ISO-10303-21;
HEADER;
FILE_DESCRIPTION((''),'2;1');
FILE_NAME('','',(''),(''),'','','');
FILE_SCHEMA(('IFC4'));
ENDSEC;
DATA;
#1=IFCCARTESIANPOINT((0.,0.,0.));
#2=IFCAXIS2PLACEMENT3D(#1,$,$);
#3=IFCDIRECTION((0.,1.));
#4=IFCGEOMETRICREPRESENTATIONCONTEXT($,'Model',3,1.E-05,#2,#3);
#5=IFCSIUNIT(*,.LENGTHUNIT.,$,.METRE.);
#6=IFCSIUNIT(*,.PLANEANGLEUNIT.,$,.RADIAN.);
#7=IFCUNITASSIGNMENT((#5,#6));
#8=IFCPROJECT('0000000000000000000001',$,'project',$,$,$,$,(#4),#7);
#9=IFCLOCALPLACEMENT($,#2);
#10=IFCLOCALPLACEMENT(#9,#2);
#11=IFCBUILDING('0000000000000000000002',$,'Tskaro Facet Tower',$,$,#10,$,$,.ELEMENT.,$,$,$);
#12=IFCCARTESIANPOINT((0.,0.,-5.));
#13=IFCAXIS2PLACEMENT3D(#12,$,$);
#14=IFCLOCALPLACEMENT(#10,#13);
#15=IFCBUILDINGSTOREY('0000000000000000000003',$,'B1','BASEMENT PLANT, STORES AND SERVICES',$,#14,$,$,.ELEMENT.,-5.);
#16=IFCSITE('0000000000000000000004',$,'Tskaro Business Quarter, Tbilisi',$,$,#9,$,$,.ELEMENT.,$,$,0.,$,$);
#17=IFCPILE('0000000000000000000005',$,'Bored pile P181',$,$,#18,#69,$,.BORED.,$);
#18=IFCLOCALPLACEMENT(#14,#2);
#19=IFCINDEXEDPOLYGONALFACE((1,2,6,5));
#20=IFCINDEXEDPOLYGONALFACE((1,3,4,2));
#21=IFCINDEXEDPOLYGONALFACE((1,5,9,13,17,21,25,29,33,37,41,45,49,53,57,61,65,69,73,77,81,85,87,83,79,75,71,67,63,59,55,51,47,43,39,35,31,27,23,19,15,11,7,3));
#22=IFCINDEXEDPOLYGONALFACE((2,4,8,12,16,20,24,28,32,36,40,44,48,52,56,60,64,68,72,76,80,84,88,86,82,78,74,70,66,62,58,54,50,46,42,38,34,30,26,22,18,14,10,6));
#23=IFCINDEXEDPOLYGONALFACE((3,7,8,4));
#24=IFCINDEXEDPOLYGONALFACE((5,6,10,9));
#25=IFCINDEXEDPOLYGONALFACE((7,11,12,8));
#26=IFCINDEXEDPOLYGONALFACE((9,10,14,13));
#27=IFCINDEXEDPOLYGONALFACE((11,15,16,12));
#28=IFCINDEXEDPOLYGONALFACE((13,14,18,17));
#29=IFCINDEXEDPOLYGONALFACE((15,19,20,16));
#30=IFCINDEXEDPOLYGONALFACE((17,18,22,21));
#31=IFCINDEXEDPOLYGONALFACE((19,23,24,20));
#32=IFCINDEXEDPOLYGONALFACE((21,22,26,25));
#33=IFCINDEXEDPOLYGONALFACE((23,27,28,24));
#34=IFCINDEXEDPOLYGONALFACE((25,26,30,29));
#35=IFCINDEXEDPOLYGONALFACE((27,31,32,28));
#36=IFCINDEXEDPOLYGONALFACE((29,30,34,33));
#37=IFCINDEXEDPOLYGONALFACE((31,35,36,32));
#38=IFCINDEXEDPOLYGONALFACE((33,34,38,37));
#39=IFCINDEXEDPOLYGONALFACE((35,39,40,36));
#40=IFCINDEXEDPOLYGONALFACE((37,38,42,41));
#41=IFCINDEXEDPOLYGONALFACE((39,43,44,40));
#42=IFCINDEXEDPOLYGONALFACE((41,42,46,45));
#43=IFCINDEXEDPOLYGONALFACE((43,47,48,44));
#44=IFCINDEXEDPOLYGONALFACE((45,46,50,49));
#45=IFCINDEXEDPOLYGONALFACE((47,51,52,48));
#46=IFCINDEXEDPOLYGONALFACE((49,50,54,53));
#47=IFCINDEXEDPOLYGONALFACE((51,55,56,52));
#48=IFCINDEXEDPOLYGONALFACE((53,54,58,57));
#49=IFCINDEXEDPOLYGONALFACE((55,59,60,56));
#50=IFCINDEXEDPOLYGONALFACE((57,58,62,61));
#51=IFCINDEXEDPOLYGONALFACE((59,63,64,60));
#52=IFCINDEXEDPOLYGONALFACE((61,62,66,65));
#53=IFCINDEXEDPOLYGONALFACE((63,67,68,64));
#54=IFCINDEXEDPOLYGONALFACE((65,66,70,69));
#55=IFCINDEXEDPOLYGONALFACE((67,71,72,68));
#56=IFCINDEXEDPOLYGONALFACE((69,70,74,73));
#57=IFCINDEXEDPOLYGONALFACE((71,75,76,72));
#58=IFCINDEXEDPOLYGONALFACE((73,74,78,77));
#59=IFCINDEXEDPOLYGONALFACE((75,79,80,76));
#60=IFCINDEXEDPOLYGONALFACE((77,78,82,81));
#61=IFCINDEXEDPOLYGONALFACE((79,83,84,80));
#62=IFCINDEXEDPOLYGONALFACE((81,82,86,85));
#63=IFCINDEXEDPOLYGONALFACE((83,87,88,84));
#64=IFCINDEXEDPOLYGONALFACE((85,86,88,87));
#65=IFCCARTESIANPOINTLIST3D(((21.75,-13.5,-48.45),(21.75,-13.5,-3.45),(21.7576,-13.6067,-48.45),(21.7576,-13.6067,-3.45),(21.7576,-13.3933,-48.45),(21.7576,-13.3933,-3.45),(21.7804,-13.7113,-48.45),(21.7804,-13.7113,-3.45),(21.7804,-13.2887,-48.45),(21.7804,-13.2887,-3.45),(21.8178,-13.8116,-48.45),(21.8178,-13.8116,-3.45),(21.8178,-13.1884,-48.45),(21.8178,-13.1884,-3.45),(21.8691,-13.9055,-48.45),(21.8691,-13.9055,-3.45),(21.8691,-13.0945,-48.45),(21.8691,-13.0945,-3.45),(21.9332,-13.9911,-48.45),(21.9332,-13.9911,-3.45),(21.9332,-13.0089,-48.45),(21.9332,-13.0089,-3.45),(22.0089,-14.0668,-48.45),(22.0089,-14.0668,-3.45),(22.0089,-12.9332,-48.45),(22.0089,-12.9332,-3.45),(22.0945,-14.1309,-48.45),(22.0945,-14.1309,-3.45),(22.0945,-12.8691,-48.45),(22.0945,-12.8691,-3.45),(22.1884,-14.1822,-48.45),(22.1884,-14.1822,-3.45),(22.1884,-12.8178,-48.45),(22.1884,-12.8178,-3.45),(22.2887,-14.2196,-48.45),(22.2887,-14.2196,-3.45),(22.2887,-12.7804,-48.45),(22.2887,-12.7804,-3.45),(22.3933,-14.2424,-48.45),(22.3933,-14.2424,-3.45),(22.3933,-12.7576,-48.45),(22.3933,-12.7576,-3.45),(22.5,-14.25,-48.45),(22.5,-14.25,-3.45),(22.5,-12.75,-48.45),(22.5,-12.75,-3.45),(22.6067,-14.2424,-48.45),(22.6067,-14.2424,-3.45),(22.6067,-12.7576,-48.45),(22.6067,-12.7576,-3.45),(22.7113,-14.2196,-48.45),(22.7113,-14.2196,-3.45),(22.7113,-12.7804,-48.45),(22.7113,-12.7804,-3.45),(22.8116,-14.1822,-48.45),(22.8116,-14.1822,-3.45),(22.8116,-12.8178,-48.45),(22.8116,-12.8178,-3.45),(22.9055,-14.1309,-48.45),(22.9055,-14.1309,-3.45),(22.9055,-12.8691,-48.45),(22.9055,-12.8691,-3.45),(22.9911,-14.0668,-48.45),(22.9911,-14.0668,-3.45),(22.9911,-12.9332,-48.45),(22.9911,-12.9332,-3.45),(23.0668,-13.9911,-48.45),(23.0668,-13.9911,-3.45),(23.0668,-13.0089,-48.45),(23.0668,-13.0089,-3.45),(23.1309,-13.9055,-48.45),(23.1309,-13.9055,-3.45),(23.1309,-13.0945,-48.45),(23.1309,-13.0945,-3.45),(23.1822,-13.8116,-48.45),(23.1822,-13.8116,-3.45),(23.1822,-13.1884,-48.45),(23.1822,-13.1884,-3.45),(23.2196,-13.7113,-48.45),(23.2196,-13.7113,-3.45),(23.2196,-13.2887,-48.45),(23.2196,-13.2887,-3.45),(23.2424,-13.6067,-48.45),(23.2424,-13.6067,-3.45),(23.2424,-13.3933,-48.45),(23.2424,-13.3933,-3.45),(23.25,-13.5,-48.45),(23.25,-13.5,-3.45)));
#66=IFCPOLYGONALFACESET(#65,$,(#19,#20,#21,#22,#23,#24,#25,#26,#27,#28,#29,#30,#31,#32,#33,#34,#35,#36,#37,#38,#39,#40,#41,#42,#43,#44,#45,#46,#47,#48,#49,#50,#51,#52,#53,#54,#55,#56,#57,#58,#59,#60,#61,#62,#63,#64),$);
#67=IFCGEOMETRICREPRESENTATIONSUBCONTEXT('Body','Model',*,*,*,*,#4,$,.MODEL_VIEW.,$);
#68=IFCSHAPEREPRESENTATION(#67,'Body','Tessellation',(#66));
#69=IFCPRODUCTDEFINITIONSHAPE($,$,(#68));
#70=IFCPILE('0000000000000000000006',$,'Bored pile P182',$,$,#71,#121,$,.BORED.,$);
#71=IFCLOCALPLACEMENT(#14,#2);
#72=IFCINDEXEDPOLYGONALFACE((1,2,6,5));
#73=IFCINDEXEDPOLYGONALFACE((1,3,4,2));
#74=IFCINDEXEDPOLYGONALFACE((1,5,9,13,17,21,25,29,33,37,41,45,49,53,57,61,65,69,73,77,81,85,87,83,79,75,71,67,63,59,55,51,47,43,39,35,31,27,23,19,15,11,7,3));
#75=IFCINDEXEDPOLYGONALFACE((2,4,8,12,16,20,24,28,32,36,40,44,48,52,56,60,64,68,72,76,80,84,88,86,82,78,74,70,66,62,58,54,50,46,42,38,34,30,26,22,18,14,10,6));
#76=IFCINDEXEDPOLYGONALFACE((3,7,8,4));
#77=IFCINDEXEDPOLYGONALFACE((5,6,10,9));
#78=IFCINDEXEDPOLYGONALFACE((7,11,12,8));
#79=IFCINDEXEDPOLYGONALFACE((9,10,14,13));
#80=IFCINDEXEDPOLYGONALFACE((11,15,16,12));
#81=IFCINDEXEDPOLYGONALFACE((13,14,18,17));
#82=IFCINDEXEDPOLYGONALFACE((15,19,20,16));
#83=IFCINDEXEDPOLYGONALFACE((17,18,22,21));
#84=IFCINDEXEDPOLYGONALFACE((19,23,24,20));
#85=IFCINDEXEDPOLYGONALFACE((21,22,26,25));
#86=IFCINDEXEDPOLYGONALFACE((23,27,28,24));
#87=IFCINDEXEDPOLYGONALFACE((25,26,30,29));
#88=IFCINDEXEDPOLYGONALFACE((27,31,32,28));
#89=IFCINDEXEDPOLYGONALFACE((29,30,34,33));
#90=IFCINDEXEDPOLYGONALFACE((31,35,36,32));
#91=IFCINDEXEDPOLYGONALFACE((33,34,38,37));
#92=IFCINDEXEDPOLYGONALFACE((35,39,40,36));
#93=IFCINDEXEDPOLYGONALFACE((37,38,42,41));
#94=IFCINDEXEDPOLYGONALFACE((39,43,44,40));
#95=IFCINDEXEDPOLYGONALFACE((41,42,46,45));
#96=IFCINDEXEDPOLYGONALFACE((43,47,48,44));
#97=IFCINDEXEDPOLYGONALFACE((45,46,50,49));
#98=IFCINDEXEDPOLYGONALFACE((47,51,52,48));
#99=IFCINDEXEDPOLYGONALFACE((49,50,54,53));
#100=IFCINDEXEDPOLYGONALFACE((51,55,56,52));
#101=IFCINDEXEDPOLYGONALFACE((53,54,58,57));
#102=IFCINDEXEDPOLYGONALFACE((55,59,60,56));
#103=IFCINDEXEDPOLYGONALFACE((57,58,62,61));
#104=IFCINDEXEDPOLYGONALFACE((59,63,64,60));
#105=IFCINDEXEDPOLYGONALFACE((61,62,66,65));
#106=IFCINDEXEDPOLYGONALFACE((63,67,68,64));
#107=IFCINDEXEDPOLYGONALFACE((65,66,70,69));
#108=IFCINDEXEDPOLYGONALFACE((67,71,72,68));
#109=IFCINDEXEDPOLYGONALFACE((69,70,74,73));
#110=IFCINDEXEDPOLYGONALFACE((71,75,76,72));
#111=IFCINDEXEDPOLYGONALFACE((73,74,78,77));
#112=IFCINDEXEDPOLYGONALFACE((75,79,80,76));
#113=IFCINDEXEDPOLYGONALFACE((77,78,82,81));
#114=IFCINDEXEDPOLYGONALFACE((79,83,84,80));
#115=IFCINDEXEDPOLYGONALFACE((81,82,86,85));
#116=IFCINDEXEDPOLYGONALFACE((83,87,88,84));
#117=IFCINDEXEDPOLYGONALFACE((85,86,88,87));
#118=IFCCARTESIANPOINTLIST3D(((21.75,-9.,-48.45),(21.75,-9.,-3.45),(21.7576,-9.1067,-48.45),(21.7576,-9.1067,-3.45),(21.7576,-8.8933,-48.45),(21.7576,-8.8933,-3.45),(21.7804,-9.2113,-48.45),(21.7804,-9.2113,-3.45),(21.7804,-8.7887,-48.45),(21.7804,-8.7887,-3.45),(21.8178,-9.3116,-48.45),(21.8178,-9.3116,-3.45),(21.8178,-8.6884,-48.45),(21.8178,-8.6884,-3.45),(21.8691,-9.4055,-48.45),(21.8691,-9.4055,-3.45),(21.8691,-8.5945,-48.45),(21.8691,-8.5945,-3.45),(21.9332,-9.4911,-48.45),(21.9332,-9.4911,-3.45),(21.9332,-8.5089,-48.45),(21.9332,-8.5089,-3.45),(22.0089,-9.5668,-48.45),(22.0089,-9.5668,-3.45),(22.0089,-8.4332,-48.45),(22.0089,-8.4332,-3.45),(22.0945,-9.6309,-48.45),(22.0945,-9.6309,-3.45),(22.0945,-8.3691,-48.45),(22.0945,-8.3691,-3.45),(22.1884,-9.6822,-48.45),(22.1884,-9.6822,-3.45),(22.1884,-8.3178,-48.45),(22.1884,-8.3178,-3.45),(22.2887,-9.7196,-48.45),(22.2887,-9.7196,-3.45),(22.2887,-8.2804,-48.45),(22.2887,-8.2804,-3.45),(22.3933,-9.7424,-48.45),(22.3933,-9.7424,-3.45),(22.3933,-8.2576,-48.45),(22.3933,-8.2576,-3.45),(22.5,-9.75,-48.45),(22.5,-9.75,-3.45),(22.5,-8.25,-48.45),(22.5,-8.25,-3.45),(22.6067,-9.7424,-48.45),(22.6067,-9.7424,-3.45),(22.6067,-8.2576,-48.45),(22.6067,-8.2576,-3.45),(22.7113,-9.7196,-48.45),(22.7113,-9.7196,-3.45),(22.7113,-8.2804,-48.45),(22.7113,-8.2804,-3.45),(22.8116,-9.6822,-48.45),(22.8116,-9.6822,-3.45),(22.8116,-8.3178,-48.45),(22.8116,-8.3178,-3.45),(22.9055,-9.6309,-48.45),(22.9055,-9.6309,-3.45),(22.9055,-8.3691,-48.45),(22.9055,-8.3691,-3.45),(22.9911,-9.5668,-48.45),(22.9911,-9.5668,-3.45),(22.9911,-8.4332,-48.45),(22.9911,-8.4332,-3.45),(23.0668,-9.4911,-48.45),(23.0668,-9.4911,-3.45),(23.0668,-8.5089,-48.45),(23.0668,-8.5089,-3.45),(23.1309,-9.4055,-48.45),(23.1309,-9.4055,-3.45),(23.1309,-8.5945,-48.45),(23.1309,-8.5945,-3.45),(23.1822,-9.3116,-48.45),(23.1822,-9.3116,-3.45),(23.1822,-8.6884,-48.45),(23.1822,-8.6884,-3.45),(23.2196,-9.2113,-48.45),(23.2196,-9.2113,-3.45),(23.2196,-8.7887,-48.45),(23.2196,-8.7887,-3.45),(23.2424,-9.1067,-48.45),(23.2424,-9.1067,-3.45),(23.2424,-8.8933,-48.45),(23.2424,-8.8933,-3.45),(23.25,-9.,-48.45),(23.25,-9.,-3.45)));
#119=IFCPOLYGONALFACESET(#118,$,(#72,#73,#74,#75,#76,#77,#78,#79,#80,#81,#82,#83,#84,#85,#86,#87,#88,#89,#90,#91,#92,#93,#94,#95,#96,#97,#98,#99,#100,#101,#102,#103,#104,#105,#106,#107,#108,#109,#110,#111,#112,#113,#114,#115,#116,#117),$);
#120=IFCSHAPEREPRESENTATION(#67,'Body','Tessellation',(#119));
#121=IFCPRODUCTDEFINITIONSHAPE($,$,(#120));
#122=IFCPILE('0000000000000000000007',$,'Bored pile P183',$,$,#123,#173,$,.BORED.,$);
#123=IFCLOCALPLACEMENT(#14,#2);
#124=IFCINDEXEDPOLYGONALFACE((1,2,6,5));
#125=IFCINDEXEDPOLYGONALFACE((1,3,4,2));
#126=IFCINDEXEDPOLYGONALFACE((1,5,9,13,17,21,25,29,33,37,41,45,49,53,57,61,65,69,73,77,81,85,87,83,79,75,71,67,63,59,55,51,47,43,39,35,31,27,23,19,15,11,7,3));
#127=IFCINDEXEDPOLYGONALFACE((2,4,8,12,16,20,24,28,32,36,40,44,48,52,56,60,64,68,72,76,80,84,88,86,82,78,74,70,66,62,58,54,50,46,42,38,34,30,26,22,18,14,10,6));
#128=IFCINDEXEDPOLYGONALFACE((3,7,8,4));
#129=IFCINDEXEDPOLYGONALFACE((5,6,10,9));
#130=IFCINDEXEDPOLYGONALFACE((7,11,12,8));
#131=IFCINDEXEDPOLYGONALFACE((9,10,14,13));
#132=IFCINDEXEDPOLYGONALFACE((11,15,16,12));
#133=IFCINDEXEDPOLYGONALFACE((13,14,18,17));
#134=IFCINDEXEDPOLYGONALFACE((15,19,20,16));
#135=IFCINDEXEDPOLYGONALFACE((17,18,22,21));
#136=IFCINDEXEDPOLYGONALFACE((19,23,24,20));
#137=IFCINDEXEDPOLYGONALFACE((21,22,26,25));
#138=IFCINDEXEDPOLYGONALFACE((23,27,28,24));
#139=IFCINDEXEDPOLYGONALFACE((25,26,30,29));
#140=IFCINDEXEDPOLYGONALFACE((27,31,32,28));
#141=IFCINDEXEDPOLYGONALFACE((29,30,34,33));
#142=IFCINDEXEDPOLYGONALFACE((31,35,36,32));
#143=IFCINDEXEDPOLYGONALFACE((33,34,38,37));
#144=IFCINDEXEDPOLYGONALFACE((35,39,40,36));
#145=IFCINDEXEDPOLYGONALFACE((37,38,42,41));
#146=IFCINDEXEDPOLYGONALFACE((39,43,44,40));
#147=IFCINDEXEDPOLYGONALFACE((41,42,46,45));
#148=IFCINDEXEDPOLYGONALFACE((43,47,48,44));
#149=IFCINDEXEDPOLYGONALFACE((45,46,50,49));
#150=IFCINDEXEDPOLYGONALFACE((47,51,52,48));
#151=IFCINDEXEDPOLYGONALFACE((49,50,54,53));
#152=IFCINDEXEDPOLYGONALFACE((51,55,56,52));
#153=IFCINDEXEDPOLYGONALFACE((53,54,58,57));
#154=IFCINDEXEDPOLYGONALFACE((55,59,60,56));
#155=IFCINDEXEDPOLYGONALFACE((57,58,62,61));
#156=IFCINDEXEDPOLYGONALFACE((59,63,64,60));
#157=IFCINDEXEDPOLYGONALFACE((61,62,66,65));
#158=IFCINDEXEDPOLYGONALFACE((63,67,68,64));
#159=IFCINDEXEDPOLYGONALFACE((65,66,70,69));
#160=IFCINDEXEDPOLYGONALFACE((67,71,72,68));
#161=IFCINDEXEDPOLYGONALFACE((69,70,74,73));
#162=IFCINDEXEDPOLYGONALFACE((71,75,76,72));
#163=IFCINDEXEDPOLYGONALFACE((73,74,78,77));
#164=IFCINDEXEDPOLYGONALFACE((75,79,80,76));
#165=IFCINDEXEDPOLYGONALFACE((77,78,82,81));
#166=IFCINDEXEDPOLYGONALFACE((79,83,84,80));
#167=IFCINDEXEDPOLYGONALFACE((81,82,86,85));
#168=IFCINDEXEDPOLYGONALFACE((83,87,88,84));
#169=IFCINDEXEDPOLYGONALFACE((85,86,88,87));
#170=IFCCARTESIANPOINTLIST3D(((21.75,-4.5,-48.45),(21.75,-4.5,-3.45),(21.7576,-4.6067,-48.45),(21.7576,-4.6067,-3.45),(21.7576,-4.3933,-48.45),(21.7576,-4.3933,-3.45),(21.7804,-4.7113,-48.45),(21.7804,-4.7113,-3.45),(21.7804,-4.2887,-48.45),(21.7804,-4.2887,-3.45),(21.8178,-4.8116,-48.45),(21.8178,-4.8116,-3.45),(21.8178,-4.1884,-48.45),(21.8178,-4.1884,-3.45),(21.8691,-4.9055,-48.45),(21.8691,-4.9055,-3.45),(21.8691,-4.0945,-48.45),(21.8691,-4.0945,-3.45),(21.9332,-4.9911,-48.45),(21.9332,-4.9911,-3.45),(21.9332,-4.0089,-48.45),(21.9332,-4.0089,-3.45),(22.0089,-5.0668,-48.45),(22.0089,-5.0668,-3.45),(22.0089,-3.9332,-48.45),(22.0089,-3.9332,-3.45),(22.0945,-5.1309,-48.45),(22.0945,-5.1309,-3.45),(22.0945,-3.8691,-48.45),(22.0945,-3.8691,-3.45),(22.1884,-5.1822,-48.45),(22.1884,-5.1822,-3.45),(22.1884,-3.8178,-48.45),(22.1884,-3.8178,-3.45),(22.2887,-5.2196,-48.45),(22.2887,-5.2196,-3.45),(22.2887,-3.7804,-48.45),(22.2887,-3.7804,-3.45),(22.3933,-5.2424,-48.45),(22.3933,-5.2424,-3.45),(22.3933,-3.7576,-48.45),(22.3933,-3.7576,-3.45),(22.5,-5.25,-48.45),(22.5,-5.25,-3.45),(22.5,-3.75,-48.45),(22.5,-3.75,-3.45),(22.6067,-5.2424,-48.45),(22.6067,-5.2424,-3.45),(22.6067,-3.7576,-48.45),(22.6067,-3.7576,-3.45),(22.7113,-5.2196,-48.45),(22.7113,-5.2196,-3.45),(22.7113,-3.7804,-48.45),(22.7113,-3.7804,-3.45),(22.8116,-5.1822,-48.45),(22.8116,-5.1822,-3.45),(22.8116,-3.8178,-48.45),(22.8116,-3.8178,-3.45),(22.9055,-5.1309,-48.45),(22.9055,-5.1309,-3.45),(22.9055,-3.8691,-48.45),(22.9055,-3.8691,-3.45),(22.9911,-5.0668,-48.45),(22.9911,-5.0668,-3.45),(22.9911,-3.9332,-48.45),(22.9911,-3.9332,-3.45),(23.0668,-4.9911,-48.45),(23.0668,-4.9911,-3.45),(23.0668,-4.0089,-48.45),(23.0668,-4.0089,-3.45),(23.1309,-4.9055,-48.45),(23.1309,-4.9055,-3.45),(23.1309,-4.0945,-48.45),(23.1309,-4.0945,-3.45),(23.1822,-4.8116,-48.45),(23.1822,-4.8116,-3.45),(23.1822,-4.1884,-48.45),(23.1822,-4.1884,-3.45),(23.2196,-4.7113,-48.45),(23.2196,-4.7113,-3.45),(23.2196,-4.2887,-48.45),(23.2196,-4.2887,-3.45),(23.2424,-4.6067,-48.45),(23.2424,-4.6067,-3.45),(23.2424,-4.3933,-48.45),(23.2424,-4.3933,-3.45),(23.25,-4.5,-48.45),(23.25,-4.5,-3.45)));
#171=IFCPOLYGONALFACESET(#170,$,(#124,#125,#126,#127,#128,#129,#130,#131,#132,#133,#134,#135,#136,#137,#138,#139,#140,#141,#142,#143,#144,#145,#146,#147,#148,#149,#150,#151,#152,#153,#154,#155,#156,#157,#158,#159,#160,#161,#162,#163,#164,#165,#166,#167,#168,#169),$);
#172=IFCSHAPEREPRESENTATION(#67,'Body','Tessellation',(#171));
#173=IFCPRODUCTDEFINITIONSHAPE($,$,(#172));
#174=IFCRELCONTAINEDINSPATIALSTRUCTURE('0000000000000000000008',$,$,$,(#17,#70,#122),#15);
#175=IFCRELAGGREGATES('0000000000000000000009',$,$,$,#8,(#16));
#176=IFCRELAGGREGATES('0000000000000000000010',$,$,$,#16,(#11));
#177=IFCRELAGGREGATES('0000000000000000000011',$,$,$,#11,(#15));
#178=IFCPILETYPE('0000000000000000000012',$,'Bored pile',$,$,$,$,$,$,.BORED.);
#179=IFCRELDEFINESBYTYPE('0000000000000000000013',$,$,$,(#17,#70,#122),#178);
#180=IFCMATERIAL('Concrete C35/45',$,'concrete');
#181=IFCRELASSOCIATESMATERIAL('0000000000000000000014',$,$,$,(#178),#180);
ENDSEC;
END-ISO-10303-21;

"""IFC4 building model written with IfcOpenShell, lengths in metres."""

from ifc_helpers import new_model, si_unit, direction, frame, origin, origin_2d, place, context, subcontext, project, spatial, circle, extrude, material, material_profile, profile_set, type_object, element, save


model = new_model("IFC4")

# Units and contexts
model_context = context("Model", 3, precision=1e-05, world=origin(), true_north=direction((0.0, 1.0)))
body_context = subcontext(model_context, "Body", "Model", "MODEL_VIEW")
ifc_project = project(units=[si_unit("LENGTHUNIT", "METRE"), si_unit("PLANEANGLEUNIT", "RADIAN")], contexts=[model_context])

# Site, building, storey
site_placement = place(None, origin())
site = spatial("IfcSite", under=ifc_project, at=site_placement, Name="Tskaro Business Quarter, Tbilisi", CompositionType="ELEMENT", RefElevation=0.0)
building_placement = place(site_placement, origin())
building = spatial("IfcBuilding", under=site, at=building_placement, Name="Tskaro Facet Tower", CompositionType="ELEMENT")
storey_placement = place(building_placement, frame((0.0, 0.0, -5.0)))
storey = spatial("IfcBuildingStorey", under=building, at=storey_placement, Name="B1", Description="BASEMENT PLANT, STORES AND SERVICES", CompositionType="ELEMENT", Elevation=-5.0)

# Piles
ifc_material_1 = material(Name="Concrete C35/45", Category="concrete")
ifc_material_profile_1 = material_profile(ifc_material_1, circle(Radius=0.75, at=origin_2d()), Name="Bored pile")
ifc_profile_set_1 = profile_set([ifc_material_profile_1], Name="Concrete C35/45")
pile_type = type_object("IfcPileType", Name="Bored pile", PredefinedType="BORED", material=ifc_profile_set_1)
for number, where, z_axis, x_axis, name in (
    (1, (22.5, -13.5, -3.45), (0.0, 0.0, -1.0), (1.0, 0.0, 0.0), "Bored pile P181"),
    (2, (22.5, -9.0, -3.45), (0.0, 0.0, -1.0), (1.0, 0.0, 0.0), "Bored pile P182"),
    (3, (22.5, -4.5, -3.45), (0.0, 0.0, -1.0), (1.0, 0.0, 0.0), "Bored pile P183"),
):
    element("IfcPile", number, at=place(storey_placement, frame(where, z_axis=z_axis, x_axis=x_axis)), inside=storey, type_object=pile_type, Name=name, PredefinedType="BORED", context=body_context, shape_type="SweptSolid", body=[
        extrude(circle(Radius=0.75, at=origin_2d()), origin(), (0.0, 0.0, 1.0), 45.0),
    ])

save(model, "model.ifc")
